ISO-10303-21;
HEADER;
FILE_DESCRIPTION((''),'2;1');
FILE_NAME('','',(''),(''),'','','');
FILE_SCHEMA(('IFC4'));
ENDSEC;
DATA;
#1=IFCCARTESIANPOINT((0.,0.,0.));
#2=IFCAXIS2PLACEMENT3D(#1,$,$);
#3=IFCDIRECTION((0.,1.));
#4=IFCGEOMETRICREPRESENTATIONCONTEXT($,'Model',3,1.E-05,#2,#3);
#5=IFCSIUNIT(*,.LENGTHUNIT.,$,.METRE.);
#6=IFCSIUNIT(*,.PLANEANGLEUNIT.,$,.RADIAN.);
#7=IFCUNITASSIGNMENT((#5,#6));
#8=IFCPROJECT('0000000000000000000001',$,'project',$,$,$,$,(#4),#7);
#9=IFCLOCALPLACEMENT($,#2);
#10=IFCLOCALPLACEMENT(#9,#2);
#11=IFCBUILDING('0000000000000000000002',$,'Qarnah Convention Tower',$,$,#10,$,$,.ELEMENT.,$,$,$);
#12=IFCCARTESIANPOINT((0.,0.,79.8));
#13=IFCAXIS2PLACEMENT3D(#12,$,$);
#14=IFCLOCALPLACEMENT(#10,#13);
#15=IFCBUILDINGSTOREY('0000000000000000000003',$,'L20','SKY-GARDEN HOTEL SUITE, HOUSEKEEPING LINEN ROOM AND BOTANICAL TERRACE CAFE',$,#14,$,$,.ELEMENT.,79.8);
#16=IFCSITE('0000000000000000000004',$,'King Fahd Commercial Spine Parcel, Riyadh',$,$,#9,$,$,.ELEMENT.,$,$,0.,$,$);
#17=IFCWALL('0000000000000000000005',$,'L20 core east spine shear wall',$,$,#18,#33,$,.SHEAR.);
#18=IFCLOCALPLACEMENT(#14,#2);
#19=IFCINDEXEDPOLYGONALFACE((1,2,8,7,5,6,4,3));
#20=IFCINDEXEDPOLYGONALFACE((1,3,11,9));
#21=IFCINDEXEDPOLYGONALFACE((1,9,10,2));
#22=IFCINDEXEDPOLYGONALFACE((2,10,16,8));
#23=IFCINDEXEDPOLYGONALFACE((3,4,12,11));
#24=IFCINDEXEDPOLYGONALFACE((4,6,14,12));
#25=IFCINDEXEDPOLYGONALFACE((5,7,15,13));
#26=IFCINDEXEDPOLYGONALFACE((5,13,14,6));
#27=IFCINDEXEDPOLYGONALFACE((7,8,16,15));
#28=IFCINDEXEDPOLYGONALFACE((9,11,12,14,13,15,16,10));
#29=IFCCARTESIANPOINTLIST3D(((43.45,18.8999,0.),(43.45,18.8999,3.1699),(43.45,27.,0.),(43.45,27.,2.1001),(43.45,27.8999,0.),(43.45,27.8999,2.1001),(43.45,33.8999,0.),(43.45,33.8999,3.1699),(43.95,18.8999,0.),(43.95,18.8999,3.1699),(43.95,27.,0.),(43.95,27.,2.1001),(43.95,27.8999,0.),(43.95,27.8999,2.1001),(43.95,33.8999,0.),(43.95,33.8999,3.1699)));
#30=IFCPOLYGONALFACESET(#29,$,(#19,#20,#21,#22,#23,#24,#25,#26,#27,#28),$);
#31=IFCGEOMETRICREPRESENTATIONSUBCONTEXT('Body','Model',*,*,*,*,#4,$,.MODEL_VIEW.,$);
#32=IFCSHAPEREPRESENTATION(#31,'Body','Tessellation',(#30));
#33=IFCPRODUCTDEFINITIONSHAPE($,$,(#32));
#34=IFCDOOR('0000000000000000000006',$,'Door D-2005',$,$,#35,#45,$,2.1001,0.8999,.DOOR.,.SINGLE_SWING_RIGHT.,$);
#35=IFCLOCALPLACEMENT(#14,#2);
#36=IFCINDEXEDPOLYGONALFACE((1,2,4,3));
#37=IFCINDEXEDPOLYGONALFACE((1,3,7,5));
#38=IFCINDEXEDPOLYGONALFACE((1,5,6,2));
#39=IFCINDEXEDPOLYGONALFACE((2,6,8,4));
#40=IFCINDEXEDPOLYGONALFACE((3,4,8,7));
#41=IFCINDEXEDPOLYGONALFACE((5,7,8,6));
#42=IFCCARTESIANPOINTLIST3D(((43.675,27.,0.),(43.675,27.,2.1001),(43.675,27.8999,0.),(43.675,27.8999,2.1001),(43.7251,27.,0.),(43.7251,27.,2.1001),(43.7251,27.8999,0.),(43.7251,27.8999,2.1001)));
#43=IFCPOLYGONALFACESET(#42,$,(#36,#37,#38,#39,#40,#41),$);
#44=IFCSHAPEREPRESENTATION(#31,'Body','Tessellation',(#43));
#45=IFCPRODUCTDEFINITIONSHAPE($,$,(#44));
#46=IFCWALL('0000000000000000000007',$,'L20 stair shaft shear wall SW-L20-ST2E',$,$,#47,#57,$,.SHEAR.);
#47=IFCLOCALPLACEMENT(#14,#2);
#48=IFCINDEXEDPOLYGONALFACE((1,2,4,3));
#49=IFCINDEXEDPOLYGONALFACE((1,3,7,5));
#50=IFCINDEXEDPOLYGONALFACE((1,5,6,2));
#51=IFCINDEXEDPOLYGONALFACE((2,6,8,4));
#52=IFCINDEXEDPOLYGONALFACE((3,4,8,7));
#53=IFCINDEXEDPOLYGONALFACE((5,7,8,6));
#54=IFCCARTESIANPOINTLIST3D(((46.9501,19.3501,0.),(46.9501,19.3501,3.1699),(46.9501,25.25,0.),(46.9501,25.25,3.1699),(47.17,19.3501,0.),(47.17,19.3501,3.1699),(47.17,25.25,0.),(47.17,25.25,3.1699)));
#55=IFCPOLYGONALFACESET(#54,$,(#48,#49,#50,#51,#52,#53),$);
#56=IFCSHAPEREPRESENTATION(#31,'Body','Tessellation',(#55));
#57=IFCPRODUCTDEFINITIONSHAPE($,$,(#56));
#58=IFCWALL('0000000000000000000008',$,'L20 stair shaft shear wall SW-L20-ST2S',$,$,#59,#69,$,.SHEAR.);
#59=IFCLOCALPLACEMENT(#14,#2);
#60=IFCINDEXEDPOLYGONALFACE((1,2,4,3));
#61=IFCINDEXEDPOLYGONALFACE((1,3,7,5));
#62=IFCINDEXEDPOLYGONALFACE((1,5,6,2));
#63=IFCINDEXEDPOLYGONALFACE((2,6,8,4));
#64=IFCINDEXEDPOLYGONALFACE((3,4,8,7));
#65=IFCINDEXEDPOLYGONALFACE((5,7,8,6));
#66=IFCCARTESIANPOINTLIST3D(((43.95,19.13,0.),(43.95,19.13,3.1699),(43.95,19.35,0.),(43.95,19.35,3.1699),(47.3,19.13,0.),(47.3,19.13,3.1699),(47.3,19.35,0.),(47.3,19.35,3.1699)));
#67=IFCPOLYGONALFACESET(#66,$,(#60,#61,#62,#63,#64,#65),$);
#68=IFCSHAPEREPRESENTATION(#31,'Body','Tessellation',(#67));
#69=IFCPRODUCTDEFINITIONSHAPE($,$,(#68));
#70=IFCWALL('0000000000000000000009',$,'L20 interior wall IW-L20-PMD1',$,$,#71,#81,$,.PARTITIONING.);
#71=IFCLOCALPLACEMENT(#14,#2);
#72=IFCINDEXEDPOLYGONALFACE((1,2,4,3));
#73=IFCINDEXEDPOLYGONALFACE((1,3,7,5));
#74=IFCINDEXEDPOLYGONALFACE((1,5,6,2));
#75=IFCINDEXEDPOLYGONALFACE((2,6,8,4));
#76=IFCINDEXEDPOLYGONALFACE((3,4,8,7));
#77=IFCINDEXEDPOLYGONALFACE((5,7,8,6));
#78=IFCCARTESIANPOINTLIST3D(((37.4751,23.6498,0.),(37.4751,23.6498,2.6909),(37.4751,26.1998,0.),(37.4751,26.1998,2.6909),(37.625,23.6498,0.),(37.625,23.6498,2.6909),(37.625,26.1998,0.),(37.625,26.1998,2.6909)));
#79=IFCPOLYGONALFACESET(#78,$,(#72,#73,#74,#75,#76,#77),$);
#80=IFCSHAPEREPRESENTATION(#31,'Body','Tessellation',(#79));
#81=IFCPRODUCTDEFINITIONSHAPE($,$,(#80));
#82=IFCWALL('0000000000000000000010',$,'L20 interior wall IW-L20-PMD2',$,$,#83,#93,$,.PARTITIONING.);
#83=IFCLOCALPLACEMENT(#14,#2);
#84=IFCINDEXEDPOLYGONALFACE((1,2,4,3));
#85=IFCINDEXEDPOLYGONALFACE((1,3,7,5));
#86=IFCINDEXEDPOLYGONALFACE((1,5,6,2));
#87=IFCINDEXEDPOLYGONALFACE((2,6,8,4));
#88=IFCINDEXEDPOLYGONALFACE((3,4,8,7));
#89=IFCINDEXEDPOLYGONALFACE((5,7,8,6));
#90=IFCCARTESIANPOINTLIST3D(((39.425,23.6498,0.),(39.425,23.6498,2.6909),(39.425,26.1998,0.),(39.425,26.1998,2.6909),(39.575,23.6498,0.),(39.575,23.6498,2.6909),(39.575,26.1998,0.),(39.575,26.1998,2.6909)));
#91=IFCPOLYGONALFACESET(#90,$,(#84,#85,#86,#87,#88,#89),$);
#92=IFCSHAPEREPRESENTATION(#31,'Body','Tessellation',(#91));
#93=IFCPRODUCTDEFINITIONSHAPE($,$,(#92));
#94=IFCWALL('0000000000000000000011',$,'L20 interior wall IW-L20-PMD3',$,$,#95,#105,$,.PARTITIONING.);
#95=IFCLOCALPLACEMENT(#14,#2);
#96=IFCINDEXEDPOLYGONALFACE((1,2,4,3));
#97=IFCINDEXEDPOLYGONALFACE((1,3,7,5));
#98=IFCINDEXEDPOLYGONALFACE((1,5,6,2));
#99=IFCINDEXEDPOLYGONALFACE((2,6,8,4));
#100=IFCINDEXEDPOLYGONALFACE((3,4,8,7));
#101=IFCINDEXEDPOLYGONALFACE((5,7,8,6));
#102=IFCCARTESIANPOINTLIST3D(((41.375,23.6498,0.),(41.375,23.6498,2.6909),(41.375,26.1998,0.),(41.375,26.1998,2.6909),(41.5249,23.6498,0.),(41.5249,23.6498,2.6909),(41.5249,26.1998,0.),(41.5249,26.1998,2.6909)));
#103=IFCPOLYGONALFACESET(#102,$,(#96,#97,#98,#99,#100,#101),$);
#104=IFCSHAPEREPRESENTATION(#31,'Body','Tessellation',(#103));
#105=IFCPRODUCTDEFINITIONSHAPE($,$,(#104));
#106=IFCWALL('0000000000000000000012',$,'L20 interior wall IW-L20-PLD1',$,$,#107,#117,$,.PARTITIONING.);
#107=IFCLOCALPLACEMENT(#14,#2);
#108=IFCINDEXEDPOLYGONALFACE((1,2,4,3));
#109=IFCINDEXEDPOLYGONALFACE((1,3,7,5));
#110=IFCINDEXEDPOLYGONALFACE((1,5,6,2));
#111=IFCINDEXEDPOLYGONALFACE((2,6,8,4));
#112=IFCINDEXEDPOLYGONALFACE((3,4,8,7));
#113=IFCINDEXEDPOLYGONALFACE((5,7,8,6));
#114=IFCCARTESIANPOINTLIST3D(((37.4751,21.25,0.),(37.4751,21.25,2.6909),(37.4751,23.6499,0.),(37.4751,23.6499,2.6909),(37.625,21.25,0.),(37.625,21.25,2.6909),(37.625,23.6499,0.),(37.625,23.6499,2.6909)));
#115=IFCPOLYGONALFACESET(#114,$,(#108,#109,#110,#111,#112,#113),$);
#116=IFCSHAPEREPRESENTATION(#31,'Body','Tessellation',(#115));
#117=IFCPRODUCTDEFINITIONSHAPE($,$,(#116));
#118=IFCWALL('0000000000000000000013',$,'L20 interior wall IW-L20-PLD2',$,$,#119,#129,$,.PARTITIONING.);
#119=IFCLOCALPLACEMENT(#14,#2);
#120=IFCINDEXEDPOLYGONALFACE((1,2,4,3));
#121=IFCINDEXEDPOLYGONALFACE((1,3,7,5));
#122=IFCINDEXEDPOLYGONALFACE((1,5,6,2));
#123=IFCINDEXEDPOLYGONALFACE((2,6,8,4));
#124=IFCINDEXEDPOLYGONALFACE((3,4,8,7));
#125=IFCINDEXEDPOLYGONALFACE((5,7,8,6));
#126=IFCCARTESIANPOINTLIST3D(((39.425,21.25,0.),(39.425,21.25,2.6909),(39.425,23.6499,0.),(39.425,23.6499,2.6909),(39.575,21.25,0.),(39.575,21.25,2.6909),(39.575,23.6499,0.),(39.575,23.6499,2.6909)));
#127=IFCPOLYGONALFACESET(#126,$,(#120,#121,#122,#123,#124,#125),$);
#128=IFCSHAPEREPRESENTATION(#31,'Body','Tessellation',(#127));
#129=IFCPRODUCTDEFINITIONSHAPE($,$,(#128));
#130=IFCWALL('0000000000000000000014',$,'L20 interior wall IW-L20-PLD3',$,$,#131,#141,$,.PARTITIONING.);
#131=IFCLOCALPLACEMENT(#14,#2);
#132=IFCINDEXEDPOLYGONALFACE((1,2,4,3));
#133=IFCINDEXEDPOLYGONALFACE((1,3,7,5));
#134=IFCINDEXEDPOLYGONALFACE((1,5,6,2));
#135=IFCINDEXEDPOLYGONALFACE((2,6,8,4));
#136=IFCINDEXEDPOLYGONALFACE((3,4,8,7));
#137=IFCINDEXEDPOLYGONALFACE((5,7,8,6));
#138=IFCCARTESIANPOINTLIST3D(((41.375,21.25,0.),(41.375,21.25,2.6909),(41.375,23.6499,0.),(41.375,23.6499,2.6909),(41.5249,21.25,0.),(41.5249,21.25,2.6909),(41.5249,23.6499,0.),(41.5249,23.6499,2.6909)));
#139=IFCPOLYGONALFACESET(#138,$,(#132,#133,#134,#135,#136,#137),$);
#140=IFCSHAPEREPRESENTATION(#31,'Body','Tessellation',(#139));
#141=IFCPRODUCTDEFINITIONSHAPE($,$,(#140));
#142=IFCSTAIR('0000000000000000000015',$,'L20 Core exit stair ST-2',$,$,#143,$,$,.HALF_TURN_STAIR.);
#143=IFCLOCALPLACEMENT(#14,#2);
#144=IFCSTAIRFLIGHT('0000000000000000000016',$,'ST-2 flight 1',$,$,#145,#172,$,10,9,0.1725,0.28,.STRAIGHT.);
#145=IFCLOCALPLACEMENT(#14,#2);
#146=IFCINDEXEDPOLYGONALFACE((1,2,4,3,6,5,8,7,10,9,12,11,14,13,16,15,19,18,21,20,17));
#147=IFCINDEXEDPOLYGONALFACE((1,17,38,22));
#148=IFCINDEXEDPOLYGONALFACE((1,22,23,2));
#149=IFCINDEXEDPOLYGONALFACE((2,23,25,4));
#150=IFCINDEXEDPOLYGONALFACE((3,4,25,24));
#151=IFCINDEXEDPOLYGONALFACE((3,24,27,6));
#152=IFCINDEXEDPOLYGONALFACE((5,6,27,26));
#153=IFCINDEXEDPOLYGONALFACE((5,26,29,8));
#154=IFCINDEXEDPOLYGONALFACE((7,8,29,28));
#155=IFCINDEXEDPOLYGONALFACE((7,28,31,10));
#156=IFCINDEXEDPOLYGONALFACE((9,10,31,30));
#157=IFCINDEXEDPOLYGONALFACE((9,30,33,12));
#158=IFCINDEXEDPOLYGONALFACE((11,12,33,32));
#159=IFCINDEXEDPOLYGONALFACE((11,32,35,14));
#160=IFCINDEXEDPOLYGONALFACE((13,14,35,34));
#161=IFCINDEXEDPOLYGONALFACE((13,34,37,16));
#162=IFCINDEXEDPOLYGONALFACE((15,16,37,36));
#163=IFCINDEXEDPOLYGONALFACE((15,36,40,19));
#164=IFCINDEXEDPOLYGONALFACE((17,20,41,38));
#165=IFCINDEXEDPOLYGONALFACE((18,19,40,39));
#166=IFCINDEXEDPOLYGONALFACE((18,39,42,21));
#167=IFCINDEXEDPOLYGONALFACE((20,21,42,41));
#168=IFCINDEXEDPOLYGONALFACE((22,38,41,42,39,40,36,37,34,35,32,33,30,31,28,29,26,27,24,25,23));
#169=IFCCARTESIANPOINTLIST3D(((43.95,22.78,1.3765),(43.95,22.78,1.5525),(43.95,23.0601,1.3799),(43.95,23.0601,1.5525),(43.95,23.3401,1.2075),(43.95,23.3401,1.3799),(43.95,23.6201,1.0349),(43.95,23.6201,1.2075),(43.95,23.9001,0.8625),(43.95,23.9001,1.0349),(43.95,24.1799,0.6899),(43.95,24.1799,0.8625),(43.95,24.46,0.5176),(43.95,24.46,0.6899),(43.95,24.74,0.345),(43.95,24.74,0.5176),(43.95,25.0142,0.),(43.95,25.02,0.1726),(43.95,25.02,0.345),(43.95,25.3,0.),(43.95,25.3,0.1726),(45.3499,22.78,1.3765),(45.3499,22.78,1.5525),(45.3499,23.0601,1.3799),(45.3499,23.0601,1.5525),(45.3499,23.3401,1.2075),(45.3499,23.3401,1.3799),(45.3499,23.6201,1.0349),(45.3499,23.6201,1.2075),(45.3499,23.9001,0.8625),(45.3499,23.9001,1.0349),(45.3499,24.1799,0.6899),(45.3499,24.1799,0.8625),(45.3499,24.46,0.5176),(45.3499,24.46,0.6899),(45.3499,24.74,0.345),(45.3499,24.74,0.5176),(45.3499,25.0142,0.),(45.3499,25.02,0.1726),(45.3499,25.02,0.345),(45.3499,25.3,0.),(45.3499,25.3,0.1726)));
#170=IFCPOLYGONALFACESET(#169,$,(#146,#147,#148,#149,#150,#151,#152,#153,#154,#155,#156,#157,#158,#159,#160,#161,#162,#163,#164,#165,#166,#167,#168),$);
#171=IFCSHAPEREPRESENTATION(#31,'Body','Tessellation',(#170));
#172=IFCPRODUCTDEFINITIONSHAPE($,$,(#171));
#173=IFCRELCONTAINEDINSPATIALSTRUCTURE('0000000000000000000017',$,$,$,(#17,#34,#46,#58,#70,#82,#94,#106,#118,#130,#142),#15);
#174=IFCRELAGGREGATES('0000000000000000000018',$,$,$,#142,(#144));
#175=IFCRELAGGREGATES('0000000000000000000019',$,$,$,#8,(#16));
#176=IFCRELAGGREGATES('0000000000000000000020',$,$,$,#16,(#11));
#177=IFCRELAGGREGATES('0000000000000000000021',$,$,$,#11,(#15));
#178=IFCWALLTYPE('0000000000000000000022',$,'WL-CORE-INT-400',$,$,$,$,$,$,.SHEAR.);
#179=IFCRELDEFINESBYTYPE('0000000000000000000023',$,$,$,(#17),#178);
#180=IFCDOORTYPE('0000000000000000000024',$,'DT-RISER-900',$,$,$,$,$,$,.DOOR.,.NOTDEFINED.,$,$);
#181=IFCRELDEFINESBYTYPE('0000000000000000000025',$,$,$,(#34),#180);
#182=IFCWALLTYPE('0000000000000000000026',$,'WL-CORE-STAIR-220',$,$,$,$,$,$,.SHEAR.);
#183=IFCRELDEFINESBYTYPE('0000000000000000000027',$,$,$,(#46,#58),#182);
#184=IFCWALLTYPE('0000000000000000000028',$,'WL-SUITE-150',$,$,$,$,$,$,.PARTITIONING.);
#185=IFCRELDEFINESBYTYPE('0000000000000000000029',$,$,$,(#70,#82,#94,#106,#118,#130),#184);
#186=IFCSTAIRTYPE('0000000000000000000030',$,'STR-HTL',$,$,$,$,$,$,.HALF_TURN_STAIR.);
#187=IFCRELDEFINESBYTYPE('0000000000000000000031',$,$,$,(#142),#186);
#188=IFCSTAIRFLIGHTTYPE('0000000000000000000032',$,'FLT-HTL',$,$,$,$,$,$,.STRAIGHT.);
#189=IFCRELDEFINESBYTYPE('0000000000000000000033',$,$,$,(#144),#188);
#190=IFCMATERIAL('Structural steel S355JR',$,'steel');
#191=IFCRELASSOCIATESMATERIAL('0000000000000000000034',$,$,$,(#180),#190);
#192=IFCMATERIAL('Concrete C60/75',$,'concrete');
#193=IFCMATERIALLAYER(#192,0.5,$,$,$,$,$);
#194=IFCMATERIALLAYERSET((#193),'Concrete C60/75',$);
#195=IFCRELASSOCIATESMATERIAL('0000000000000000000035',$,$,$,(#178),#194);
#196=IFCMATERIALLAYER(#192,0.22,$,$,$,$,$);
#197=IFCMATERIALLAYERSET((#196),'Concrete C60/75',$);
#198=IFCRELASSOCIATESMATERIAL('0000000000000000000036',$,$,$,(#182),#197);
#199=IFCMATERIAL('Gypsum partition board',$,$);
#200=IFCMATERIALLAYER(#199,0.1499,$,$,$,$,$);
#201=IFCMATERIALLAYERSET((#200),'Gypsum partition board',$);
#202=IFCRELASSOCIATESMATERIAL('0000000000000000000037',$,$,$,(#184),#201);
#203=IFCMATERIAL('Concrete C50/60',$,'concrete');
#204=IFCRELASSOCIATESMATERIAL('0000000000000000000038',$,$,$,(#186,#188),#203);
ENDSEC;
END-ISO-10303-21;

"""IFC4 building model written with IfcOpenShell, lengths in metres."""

from ifc_helpers import new_model, si_unit, direction, frame, frame_2d, origin, place, context, subcontext, project, spatial, polyline, rectangle, outline, extrude, material, layer, layer_set, type_object, element, fill, aggregate, save


model = new_model("IFC4")

# Units and contexts
model_context = context("Model", 3, precision=1e-05, world=origin(), true_north=direction((0.0, 1.0)))
body_context = subcontext(model_context, "Body", "Model", "MODEL_VIEW")
ifc_project = project(units=[si_unit("LENGTHUNIT", "METRE"), si_unit("PLANEANGLEUNIT", "RADIAN")], contexts=[model_context])

# Site, building, storey
site_placement = place(None, origin())
site = spatial("IfcSite", under=ifc_project, at=site_placement, Name="King Fahd Commercial Spine Parcel, Riyadh", CompositionType="ELEMENT", RefElevation=0.0)
building_placement = place(site_placement, origin())
building = spatial("IfcBuilding", under=site, at=building_placement, Name="Qarnah Convention Tower", CompositionType="ELEMENT")
storey_placement = place(building_placement, frame((0.0, 0.0, 79.8)))
storey = spatial("IfcBuildingStorey", under=building, at=storey_placement, Name="L20", Description="SKY-GARDEN HOTEL SUITE, HOUSEKEEPING LINEN ROOM AND BOTANICAL TERRACE CAFE", CompositionType="ELEMENT", Elevation=79.8)

# Shared definitions
ifc_material_1 = material(Name="Concrete C60/75", Category="concrete")

# Shared definitions
ifc_material_2 = material(Name="Structural steel S355JR", Category="steel")

# Shared definitions
door_type_1 = type_object("IfcDoorType", Name="DT-RISER-900", OperationType="NOTDEFINED", PredefinedType="DOOR", material=ifc_material_2)

# Wall, opening, door
ifc_layer_1 = layer(ifc_material_1, 0.5)
ifc_layer_set_1 = layer_set([ifc_layer_1], Name="Concrete C60/75")
wall_type_1 = type_object("IfcWallType", Name="WL-CORE-INT-400", PredefinedType="SHEAR", material=ifc_layer_set_1)
wall_1_placement = place(storey_placement, frame((43.7, 18.8999, 0.0), z_axis=(0.0, 0.0, 1.0), x_axis=(0.0, 1.0, 0.0)))
wall_1 = element("IfcWall", 1, at=wall_1_placement, inside=storey, type_object=wall_type_1, Name="L20 core east spine shear wall", PredefinedType="SHEAR", context=body_context, shape_type="SweptSolid", body=[
    extrude(rectangle(XDim=15.0, YDim=0.5, at=frame_2d((7.5, 0.0))), origin(), (0.0, 0.0, 1.0), 3.1699),
])
opening_1_placement = place(wall_1_placement, frame((8.1001, 0.0, 0.0)))
opening_1 = element("IfcOpeningElement", 2, at=opening_1_placement, cuts=wall_1, PredefinedType="OPENING", context=body_context, shape_type="SweptSolid", body=[
    extrude(rectangle(XDim=0.8999, YDim=2.1001, at=frame_2d((0.45, 1.05))), frame((0.0, 0.26, 0.0), z_axis=(0.0, -1.0, 0.0), x_axis=(1.0, 0.0, 0.0)), (0.0, 0.0, 1.0), 0.52),
])
door_1_placement = place(opening_1_placement, origin())
door_1 = element("IfcDoor", 3, at=door_1_placement, inside=storey, type_object=door_type_1, Name="Door D-2005", OperationType="SINGLE_SWING_RIGHT", OverallHeight=2.1001, OverallWidth=0.8999, PredefinedType="DOOR", context=body_context, shape_type="SweptSolid", body=[
    extrude(rectangle(XDim=0.8999, YDim=2.1001, at=frame_2d((0.45, 1.05))), frame((0.0, 0.0249, 0.0), z_axis=(0.0, -1.0, 0.0), x_axis=(1.0, 0.0, 0.0)), (0.0, 0.0, 1.0), 0.05),
])
fill(opening_1, door_1)

# Walls
ifc_layer_2 = layer(ifc_material_1, 0.22)
ifc_layer_set_2 = layer_set([ifc_layer_2], Name="Concrete C60/75")
wall_type_2 = type_object("IfcWallType", Name="WL-CORE-STAIR-220", PredefinedType="SHEAR", material=ifc_layer_set_2)
wall_2_placement = place(storey_placement, frame((47.0601, 19.3501, 0.0), z_axis=(0.0, 0.0, 1.0), x_axis=(0.0, 1.0, 0.0)))
element("IfcWall", 4, at=wall_2_placement, inside=storey, type_object=wall_type_2, Name="L20 stair shaft shear wall SW-L20-ST2E", PredefinedType="SHEAR", context=body_context, shape_type="SweptSolid", body=[
    extrude(rectangle(XDim=5.8999, YDim=0.22, at=frame_2d((2.95, 0.0))), origin(), (0.0, 0.0, 1.0), 3.1699),
])
wall_3_placement = place(storey_placement, frame((43.95, 19.24, 0.0), z_axis=(0.0, 0.0, 1.0), x_axis=(1.0, 0.0, 0.0)))
element("IfcWall", 5, at=wall_3_placement, inside=storey, type_object=wall_type_2, Name="L20 stair shaft shear wall SW-L20-ST2S", PredefinedType="SHEAR", context=body_context, shape_type="SweptSolid", body=[
    extrude(rectangle(XDim=3.3501, YDim=0.22, at=frame_2d((1.675, 0.0))), origin(), (0.0, 0.0, 1.0), 3.1699),
])
ifc_material_3 = material(Name="Gypsum partition board")
ifc_layer_3 = layer(ifc_material_3, 0.1499)
ifc_layer_set_3 = layer_set([ifc_layer_3], Name="Gypsum partition board")
wall_type_3 = type_object("IfcWallType", Name="WL-SUITE-150", PredefinedType="PARTITIONING", material=ifc_layer_set_3)
for number, where, z_axis, x_axis, name in (
    (6, (37.55, 23.6499, 0.0), (0.0, 0.0, 1.0), (0.0, 1.0, 0.0), "L20 interior wall IW-L20-PMD1"),
    (7, (39.5, 23.6499, 0.0), (0.0, 0.0, 1.0), (0.0, 1.0, 0.0), "L20 interior wall IW-L20-PMD2"),
    (8, (41.45, 23.6499, 0.0), (0.0, 0.0, 1.0), (0.0, 1.0, 0.0), "L20 interior wall IW-L20-PMD3"),
):
    element("IfcWall", number, at=place(storey_placement, frame(where, z_axis=z_axis, x_axis=x_axis)), inside=storey, type_object=wall_type_3, Name=name, PredefinedType="PARTITIONING", context=body_context, shape_type="SweptSolid", body=[
        extrude(rectangle(XDim=2.55, YDim=0.1499, at=frame_2d((1.2749, 0.0))), origin(), (0.0, 0.0, 1.0), 2.6909),
    ])
for number, where, z_axis, x_axis, name in (
    (9, (37.55, 21.25, 0.0), (0.0, 0.0, 1.0), (0.0, 1.0, 0.0), "L20 interior wall IW-L20-PLD1"),
    (10, (39.5, 21.25, 0.0), (0.0, 0.0, 1.0), (0.0, 1.0, 0.0), "L20 interior wall IW-L20-PLD2"),
    (11, (41.45, 21.25, 0.0), (0.0, 0.0, 1.0), (0.0, 1.0, 0.0), "L20 interior wall IW-L20-PLD3"),
):
    element("IfcWall", number, at=place(storey_placement, frame(where, z_axis=z_axis, x_axis=x_axis)), inside=storey, type_object=wall_type_3, Name=name, PredefinedType="PARTITIONING", context=body_context, shape_type="SweptSolid", body=[
        extrude(rectangle(XDim=2.3999, YDim=0.1499, at=frame_2d((1.2, 0.0))), origin(), (0.0, 0.0, 1.0), 2.6909),
    ])

# Stair, stair flight
ifc_material_4 = material(Name="Concrete C50/60", Category="concrete")
stair_type = type_object("IfcStairType", Name="STR-HTL", PredefinedType="HALF_TURN_STAIR", material=ifc_material_4)
stair_placement = place(storey_placement, origin())
stair = element("IfcStair", 12, at=stair_placement, inside=storey, type_object=stair_type, Name="L20 Core exit stair ST-2", PredefinedType="HALF_TURN_STAIR")
stair_flight_type = type_object("IfcStairFlightType", Name="FLT-HTL", PredefinedType="STRAIGHT", material=ifc_material_4)
stair_flight_1_placement = place(storey_placement, frame((44.6499, 25.3, 0.0), z_axis=(0.0, 0.0, 1.0), x_axis=(0.0, -1.0, 0.0)))
stair_flight_1 = element("IfcStairFlight", 13, at=stair_flight_1_placement, type_object=stair_flight_type, Name="ST-2 flight 1", NumberOfRisers=10, NumberOfTreads=9, PredefinedType="STRAIGHT", RiserHeight=0.1725, TreadLength=0.28, context=body_context, shape_type="SweptSolid", body=[
    extrude(outline(polyline([(0.0, 0.0), (0.0, 0.1726), (0.28, 0.1726), (0.28, 0.345), (0.5601, 0.345), (0.5601, 0.5176), (0.8401, 0.5176), (0.8401, 0.6899), (1.1201, 0.6899), (1.1201, 0.8625), (1.3999, 0.8625), (1.3999, 1.0349), (1.6799, 1.0349), (1.6799, 1.2075), (1.96, 1.2075), (1.96, 1.3799), (2.24, 1.3799), (2.24, 1.5525), (2.52, 1.5525), (2.52, 1.7251), (2.52, 1.3765), (0.2859, 0.0), (0.0, 0.0)])), frame((0.0, 0.7, 0.0), z_axis=(0.0, -1.0, 0.0), x_axis=(1.0, 0.0, 0.0)), (0.0, 0.0, 1.0), 1.3999),
])
aggregate(stair, [stair_flight_1])

save(model, "model.ifc")
